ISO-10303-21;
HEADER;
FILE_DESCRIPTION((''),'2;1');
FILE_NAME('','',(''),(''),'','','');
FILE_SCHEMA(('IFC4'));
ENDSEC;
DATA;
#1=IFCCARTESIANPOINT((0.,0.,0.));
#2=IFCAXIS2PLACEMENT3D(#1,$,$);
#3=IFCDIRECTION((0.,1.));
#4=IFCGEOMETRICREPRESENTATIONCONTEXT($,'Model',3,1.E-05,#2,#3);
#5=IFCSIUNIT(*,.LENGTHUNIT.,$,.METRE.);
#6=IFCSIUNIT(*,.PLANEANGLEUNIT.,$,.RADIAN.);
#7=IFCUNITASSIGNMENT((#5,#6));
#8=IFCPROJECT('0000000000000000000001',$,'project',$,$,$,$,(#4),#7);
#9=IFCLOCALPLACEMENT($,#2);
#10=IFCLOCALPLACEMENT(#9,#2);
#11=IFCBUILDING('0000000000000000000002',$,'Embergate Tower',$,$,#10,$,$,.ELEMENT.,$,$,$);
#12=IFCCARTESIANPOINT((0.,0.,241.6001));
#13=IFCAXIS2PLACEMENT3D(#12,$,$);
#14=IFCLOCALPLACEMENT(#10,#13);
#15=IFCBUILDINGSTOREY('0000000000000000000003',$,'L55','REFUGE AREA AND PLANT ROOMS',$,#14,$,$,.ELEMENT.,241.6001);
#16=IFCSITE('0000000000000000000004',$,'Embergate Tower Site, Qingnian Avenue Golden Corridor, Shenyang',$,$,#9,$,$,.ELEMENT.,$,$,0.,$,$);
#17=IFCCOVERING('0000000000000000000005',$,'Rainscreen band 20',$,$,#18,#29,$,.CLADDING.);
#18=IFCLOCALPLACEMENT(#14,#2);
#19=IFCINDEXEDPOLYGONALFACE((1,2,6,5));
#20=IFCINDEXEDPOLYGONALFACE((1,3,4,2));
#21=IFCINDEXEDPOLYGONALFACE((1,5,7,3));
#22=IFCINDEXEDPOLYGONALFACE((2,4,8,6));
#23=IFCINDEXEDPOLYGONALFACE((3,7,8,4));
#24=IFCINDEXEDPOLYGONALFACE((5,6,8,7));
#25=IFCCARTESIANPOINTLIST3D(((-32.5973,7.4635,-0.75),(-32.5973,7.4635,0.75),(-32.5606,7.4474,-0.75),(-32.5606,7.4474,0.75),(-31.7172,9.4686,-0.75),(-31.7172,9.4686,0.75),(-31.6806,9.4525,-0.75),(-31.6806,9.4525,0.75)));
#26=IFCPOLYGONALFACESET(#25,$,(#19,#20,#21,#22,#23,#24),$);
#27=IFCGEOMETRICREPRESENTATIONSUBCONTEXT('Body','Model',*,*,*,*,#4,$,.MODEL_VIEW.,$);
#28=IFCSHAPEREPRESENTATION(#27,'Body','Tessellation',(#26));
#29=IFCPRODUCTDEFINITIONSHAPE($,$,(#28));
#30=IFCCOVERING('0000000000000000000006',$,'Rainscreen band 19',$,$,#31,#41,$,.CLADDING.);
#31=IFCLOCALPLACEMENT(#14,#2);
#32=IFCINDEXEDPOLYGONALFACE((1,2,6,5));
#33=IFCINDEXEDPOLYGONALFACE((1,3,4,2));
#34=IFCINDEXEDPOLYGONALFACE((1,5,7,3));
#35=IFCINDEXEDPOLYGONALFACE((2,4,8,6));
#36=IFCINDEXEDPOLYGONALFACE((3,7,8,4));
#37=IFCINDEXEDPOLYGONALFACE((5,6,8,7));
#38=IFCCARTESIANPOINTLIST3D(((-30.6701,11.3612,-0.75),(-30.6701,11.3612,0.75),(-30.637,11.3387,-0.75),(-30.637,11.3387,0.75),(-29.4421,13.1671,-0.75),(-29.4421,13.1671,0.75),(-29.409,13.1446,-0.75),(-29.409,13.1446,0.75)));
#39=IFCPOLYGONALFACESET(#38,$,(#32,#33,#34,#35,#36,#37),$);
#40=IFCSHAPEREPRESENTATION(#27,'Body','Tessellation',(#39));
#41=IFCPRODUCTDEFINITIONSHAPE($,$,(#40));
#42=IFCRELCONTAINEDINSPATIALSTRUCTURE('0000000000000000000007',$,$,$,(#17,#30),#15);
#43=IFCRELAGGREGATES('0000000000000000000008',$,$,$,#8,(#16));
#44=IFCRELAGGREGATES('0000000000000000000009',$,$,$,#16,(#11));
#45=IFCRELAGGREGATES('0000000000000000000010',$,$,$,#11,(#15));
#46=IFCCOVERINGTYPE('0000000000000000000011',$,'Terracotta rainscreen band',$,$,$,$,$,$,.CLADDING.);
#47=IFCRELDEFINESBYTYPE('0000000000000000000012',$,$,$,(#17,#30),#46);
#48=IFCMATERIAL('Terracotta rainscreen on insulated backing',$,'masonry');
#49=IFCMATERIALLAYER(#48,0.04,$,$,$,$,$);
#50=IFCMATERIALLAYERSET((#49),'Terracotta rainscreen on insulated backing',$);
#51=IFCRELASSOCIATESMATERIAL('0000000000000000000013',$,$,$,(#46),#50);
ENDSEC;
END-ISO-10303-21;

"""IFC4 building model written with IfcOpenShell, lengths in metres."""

from ifc_helpers import new_model, si_unit, direction, frame, origin, origin_2d, place, context, subcontext, project, spatial, rectangle, extrude, source, transform, mapped, material, layer, layer_set, type_object, element, save


model = new_model("IFC4")

# Units and contexts
model_context = context("Model", 3, precision=1e-05, world=origin(), true_north=direction((0.0, 1.0)))
body_context = subcontext(model_context, "Body", "Model", "MODEL_VIEW")
ifc_project = project(units=[si_unit("LENGTHUNIT", "METRE"), si_unit("PLANEANGLEUNIT", "RADIAN")], contexts=[model_context])

# Site, building, storey
site_placement = place(None, origin())
site = spatial("IfcSite", under=ifc_project, at=site_placement, Name="Embergate Tower Site, Qingnian Avenue Golden Corridor, Shenyang", CompositionType="ELEMENT", RefElevation=0.0)
building_placement = place(site_placement, origin())
building = spatial("IfcBuilding", under=site, at=building_placement, Name="Embergate Tower", CompositionType="ELEMENT")
storey_placement = place(building_placement, frame((0.0, 0.0, 241.6001)))
storey = spatial("IfcBuildingStorey", under=building, at=storey_placement, Name="L55", Description="REFUGE AREA AND PLANT ROOMS", CompositionType="ELEMENT", Elevation=241.6001)

# Coverings
ifc_material_1 = material(Name="Terracotta rainscreen on insulated backing", Category="masonry")
ifc_layer_1 = layer(ifc_material_1, 0.04)
ifc_layer_set_1 = layer_set([ifc_layer_1], Name="Terracotta rainscreen on insulated backing")
covering_type = type_object("IfcCoveringType", Name="Terracotta rainscreen band", PredefinedType="CLADDING", material=ifc_layer_set_1)
shared_shape_1 = source(origin(), body_context, "Body", "SweptSolid", [
    extrude(rectangle(XDim=2.1897, YDim=0.04, at=origin_2d()), origin(), (0.0, 0.0, 1.0), 1.5),
])
covering_1_placement = place(storey_placement, frame((-32.1389, 8.458, -0.75), z_axis=(0.0, 0.0, 1.0), x_axis=(-0.401897, -0.915685, 0.0)))
element("IfcCovering", 1, at=covering_1_placement, inside=storey, type_object=covering_type, Name="Rainscreen band 20", PredefinedType="CLADDING", context=body_context, shape_type="MappedRepresentation", body=[
    mapped(shared_shape_1, transform((0.0, 0.0, 0.0))),
])
shared_shape_2 = source(origin(), body_context, "Body", "SweptSolid", [
    extrude(rectangle(XDim=2.1838, YDim=0.04, at=origin_2d()), origin(), (0.0, 0.0, 1.0), 1.5),
])
covering_2_placement = place(storey_placement, frame((-30.0396, 12.2529, -0.75), z_axis=(0.0, 0.0, 1.0), x_axis=(-0.562285, -0.826943, 0.0)))
element("IfcCovering", 2, at=covering_2_placement, inside=storey, type_object=covering_type, Name="Rainscreen band 19", PredefinedType="CLADDING", context=body_context, shape_type="MappedRepresentation", body=[
    mapped(shared_shape_2, transform((0.0, 0.0, 0.0))),
])

save(model, "model.ifc")
